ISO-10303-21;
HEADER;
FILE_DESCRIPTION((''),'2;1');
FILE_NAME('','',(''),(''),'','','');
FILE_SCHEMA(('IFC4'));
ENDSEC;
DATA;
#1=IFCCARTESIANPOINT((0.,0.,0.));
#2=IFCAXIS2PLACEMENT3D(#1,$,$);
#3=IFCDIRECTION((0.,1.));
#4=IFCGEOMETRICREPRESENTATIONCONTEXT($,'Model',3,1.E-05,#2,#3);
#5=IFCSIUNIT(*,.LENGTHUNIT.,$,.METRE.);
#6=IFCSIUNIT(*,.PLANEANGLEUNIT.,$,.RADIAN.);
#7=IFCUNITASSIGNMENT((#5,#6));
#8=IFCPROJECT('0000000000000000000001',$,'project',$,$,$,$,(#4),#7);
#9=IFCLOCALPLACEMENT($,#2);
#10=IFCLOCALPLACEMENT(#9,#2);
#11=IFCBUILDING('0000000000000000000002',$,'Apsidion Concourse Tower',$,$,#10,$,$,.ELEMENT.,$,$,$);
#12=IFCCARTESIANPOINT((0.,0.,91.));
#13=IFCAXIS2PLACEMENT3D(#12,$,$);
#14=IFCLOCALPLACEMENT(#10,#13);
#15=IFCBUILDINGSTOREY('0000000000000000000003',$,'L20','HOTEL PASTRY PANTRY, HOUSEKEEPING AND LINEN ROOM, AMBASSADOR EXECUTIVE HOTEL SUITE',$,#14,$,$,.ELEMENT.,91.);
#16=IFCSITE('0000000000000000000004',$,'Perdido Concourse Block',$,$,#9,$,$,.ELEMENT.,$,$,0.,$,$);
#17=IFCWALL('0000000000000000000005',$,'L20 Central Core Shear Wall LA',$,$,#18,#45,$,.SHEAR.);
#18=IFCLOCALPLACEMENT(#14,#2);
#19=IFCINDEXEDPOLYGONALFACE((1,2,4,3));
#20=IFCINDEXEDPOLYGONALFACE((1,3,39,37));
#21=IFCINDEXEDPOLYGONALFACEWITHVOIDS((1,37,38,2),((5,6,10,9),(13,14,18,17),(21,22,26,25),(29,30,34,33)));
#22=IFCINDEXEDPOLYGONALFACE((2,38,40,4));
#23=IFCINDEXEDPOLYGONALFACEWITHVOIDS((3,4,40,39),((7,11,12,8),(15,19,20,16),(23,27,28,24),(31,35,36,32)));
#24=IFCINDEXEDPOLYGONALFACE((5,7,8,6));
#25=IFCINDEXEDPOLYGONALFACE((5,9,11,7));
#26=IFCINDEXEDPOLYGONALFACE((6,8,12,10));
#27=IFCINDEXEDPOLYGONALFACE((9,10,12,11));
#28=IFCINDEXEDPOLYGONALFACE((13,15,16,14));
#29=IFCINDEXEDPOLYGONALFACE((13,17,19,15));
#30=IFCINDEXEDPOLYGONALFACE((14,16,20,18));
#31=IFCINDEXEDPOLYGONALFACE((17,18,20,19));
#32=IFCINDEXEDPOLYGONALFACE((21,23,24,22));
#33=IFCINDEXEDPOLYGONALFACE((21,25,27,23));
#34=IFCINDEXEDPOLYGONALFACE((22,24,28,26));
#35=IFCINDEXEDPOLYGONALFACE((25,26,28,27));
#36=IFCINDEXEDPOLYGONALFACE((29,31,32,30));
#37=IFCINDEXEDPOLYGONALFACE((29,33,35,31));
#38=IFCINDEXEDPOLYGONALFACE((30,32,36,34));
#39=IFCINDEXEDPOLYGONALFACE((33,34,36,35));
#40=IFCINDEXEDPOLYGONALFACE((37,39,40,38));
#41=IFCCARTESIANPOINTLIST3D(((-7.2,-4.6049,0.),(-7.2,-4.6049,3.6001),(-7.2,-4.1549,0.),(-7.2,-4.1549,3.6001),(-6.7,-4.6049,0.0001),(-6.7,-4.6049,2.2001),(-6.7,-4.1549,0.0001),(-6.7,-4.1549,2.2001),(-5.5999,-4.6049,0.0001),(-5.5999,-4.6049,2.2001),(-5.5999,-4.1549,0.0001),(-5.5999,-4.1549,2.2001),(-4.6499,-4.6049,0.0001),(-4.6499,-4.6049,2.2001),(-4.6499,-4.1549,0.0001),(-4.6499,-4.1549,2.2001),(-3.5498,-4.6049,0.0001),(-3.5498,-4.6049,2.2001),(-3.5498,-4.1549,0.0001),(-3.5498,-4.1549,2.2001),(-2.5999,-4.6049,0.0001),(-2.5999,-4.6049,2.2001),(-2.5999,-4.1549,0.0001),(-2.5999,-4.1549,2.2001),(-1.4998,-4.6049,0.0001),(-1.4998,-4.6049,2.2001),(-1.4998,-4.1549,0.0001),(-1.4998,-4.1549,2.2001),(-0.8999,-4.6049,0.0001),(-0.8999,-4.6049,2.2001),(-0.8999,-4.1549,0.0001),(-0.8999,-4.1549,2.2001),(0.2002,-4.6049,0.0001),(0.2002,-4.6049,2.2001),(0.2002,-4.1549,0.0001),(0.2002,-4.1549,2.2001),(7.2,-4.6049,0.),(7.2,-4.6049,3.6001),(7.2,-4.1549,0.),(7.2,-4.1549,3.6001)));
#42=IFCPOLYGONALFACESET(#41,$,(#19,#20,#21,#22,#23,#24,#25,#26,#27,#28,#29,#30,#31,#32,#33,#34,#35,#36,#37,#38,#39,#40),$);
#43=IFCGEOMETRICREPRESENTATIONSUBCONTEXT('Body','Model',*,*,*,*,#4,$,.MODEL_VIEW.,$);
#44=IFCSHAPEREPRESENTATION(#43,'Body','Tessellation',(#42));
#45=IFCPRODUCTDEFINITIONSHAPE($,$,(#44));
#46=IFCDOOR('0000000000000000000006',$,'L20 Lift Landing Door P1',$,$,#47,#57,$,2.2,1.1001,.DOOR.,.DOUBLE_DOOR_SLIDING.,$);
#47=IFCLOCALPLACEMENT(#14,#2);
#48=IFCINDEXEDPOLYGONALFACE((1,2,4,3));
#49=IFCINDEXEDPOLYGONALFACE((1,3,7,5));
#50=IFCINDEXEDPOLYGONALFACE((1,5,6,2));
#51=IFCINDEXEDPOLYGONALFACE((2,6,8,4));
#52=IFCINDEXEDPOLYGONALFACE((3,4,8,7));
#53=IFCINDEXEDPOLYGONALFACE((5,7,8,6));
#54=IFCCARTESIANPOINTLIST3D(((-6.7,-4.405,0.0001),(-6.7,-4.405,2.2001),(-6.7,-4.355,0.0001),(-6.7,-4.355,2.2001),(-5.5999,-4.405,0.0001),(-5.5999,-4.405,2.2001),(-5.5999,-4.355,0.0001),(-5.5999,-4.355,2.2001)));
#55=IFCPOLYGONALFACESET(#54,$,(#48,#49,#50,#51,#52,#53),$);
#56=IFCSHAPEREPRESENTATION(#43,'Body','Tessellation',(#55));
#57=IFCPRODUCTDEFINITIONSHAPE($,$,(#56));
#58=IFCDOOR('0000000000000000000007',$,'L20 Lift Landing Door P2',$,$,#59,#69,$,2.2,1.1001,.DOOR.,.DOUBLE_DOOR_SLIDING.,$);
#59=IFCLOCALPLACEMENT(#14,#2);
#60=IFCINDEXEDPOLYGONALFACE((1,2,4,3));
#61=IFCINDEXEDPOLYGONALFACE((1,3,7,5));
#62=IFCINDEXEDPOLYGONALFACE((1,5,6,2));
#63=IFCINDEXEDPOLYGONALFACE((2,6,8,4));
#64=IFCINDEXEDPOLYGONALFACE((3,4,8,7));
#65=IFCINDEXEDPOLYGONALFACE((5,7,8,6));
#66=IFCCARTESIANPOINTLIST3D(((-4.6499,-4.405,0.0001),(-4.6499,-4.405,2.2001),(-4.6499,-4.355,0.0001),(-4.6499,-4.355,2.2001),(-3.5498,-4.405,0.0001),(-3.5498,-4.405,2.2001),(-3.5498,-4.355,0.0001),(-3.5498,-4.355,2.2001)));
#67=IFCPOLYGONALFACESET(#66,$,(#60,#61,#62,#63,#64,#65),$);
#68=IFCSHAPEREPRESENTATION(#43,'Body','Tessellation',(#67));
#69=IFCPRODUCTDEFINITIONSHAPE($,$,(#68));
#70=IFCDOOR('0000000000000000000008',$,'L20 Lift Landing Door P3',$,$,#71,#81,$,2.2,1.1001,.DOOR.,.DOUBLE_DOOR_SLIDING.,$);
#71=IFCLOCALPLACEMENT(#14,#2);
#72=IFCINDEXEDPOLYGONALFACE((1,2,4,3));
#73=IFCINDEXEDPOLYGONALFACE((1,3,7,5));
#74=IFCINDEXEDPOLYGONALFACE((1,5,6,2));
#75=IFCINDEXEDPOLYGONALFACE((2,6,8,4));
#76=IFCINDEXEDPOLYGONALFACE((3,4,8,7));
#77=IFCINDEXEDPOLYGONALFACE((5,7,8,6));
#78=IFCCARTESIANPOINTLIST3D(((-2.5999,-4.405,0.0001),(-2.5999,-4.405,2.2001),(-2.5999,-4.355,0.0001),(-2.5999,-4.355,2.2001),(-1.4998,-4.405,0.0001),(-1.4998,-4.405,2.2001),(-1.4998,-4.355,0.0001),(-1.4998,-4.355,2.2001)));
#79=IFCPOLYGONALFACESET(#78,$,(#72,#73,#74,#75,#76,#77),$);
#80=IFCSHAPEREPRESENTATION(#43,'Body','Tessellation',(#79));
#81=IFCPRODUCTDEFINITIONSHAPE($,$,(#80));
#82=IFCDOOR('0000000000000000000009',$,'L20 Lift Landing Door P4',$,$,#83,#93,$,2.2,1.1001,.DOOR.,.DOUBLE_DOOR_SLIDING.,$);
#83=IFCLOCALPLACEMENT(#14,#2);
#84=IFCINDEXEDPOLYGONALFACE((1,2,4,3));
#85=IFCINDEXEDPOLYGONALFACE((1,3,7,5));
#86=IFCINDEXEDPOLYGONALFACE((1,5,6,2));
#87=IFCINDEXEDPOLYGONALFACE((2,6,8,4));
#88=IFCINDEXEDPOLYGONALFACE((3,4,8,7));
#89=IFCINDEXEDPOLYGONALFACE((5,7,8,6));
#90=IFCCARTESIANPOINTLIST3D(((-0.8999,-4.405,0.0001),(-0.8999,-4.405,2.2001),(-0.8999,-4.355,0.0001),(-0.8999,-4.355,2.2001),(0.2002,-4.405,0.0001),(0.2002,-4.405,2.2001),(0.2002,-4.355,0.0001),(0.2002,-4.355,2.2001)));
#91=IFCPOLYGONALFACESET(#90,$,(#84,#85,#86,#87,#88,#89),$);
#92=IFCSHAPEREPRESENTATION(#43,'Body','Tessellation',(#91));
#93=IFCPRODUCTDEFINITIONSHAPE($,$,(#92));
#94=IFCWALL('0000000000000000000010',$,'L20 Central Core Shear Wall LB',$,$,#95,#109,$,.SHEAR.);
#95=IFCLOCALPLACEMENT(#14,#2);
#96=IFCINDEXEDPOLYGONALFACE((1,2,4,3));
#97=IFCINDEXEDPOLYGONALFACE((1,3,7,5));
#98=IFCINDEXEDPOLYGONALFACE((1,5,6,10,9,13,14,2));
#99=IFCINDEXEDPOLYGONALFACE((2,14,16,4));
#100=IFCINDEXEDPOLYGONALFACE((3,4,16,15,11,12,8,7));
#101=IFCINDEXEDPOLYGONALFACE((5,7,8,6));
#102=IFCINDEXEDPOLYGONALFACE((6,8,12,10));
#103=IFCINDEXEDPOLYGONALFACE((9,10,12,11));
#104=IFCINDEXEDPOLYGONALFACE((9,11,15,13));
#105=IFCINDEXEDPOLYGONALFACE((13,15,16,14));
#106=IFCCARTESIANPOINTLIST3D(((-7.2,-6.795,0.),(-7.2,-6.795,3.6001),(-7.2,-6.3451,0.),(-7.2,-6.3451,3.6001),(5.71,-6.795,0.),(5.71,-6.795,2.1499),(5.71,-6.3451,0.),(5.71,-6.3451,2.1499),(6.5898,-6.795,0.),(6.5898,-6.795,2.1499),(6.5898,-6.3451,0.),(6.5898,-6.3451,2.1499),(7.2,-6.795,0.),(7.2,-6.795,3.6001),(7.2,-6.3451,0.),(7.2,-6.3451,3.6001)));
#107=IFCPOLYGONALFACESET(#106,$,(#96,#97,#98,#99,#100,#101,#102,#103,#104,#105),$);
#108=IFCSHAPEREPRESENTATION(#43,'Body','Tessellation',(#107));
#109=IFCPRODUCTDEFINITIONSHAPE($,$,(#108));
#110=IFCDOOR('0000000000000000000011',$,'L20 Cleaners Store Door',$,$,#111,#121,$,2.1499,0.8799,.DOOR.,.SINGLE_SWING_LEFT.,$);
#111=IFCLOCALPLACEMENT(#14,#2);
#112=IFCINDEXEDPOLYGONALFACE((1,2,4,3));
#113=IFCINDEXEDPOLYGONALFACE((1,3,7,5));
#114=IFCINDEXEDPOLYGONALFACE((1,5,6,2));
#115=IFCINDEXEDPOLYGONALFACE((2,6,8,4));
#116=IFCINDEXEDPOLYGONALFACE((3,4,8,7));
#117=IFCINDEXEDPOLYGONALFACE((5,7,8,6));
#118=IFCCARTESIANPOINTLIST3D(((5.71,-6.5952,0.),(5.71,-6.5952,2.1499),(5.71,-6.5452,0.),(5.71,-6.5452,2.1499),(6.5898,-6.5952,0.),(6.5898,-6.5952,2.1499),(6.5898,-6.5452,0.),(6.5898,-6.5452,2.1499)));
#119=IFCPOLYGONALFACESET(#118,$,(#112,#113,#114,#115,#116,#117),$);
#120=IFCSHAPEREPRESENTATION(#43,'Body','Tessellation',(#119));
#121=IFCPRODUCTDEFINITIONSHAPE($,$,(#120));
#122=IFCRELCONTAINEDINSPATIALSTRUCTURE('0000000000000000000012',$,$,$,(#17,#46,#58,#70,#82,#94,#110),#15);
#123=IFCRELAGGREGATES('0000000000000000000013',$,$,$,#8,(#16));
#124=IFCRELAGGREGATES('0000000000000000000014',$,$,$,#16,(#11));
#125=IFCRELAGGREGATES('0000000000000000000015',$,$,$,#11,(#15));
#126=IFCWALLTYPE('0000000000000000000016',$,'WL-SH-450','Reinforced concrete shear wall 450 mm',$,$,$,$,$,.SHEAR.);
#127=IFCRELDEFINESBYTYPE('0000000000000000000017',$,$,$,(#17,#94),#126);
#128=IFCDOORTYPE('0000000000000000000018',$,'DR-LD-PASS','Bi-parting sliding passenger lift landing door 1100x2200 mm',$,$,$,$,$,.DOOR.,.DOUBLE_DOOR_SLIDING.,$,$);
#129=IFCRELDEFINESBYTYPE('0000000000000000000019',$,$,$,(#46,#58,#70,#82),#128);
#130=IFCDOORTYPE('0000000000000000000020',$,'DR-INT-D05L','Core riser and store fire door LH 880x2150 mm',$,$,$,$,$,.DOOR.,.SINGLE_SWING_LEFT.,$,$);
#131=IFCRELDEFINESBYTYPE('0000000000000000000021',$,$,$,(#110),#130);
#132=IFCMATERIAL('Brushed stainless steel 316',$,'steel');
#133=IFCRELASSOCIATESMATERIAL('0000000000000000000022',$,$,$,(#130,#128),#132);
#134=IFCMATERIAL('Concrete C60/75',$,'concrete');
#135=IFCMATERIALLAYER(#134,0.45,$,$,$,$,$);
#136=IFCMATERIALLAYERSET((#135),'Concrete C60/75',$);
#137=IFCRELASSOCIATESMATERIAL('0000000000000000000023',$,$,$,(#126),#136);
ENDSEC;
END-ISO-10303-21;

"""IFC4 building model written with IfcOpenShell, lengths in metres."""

from ifc_helpers import new_model, si_unit, direction, frame, frame_2d, origin, place, context, subcontext, project, spatial, rectangle, extrude, material, layer, layer_set, type_object, element, fill, save


model = new_model("IFC4")

# Units and contexts
model_context = context("Model", 3, precision=1e-05, world=origin(), true_north=direction((0.0, 1.0)))
body_context = subcontext(model_context, "Body", "Model", "MODEL_VIEW")
ifc_project = project(units=[si_unit("LENGTHUNIT", "METRE"), si_unit("PLANEANGLEUNIT", "RADIAN")], contexts=[model_context])

# Site, building, storey
site_placement = place(None, origin())
site = spatial("IfcSite", under=ifc_project, at=site_placement, Name="Perdido Concourse Block", CompositionType="ELEMENT", RefElevation=0.0)
building_placement = place(site_placement, origin())
building = spatial("IfcBuilding", under=site, at=building_placement, Name="Apsidion Concourse Tower", CompositionType="ELEMENT")
storey_placement = place(building_placement, frame((0.0, 0.0, 91.0)))
storey = spatial("IfcBuildingStorey", under=building, at=storey_placement, Name="L20", Description="HOTEL PASTRY PANTRY, HOUSEKEEPING AND LINEN ROOM, AMBASSADOR EXECUTIVE HOTEL SUITE", CompositionType="ELEMENT", Elevation=91.0)

# Shared definitions
ifc_material_1 = material(Name="Brushed stainless steel 316", Category="steel")
door_type_1 = type_object("IfcDoorType", Name="DR-INT-D05L", Description="Core riser and store fire door LH 880x2150 mm", OperationType="SINGLE_SWING_LEFT", PredefinedType="DOOR", material=ifc_material_1)

# Shared definitions
ifc_material_2 = material(Name="Concrete C60/75", Category="concrete")
ifc_layer_1 = layer(ifc_material_2, 0.45)
ifc_layer_set_1 = layer_set([ifc_layer_1], Name="Concrete C60/75")
wall_type_1 = type_object("IfcWallType", Name="WL-SH-450", Description="Reinforced concrete shear wall 450 mm", PredefinedType="SHEAR", material=ifc_layer_set_1)

# Wall, openings, doors
wall_1_placement = place(storey_placement, frame((-7.2, -4.3799, 0.0), z_axis=(0.0, 0.0, 1.0), x_axis=(1.0, 0.0, 0.0)))
wall_1 = element("IfcWall", 1, at=wall_1_placement, inside=storey, type_object=wall_type_1, Name="L20 Central Core Shear Wall LA", PredefinedType="SHEAR", context=body_context, shape_type="SweptSolid", body=[
    extrude(rectangle(XDim=14.3999, YDim=0.45, at=frame_2d((7.2, 0.0))), origin(), (0.0, 0.0, 1.0), 3.6001),
])
opening_1_placement = place(wall_1_placement, frame((0.5, 0.0, 0.0)))
opening_1 = element("IfcOpeningElement", 2, at=opening_1_placement, cuts=wall_1, PredefinedType="OPENING", context=body_context, shape_type="SweptSolid", body=[
    extrude(rectangle(XDim=1.1001, YDim=2.2, at=frame_2d((0.55, 1.1001))), frame((0.0, 0.2349, 0.0), z_axis=(0.0, -1.0, 0.0), x_axis=(1.0, 0.0, 0.0)), (0.0, 0.0, 1.0), 0.47),
])
opening_2_placement = place(wall_1_placement, frame((2.55, 0.0, 0.0)))
opening_2 = element("IfcOpeningElement", 3, at=opening_2_placement, cuts=wall_1, PredefinedType="OPENING", context=body_context, shape_type="SweptSolid", body=[
    extrude(rectangle(XDim=1.1001, YDim=2.2, at=frame_2d((0.55, 1.1001))), frame((0.0, 0.2349, 0.0), z_axis=(0.0, -1.0, 0.0), x_axis=(1.0, 0.0, 0.0)), (0.0, 0.0, 1.0), 0.47),
])
opening_3_placement = place(wall_1_placement, frame((4.6001, 0.0, 0.0)))
opening_3 = element("IfcOpeningElement", 4, at=opening_3_placement, cuts=wall_1, PredefinedType="OPENING", context=body_context, shape_type="SweptSolid", body=[
    extrude(rectangle(XDim=1.1001, YDim=2.2, at=frame_2d((0.55, 1.1001))), frame((0.0, 0.2349, 0.0), z_axis=(0.0, -1.0, 0.0), x_axis=(1.0, 0.0, 0.0)), (0.0, 0.0, 1.0), 0.47),
])
opening_4_placement = place(wall_1_placement, frame((6.3, 0.0, 0.0)))
opening_4 = element("IfcOpeningElement", 5, at=opening_4_placement, cuts=wall_1, PredefinedType="OPENING", context=body_context, shape_type="SweptSolid", body=[
    extrude(rectangle(XDim=1.1001, YDim=2.2, at=frame_2d((0.55, 1.1001))), frame((0.0, 0.2349, 0.0), z_axis=(0.0, -1.0, 0.0), x_axis=(1.0, 0.0, 0.0)), (0.0, 0.0, 1.0), 0.47),
])
door_type_2 = type_object("IfcDoorType", Name="DR-LD-PASS", Description="Bi-parting sliding passenger lift landing door 1100x2200 mm", OperationType="DOUBLE_DOOR_SLIDING", PredefinedType="DOOR", material=ifc_material_1)
door_1_placement = place(opening_1_placement, origin())
door_1 = element("IfcDoor", 6, at=door_1_placement, inside=storey, type_object=door_type_2, Name="L20 Lift Landing Door P1", OperationType="DOUBLE_DOOR_SLIDING", OverallHeight=2.2, OverallWidth=1.1001, PredefinedType="DOOR", context=body_context, shape_type="SweptSolid", body=[
    extrude(rectangle(XDim=1.1001, YDim=2.2, at=frame_2d((0.55, 1.1001))), frame((0.0, 0.0249, 0.0), z_axis=(0.0, -1.0, 0.0), x_axis=(1.0, 0.0, 0.0)), (0.0, 0.0, 1.0), 0.05),
])
fill(opening_1, door_1)
door_2_placement = place(opening_2_placement, origin())
door_2 = element("IfcDoor", 7, at=door_2_placement, inside=storey, type_object=door_type_2, Name="L20 Lift Landing Door P2", OperationType="DOUBLE_DOOR_SLIDING", OverallHeight=2.2, OverallWidth=1.1001, PredefinedType="DOOR", context=body_context, shape_type="SweptSolid", body=[
    extrude(rectangle(XDim=1.1001, YDim=2.2, at=frame_2d((0.55, 1.1001))), frame((0.0, 0.0249, 0.0), z_axis=(0.0, -1.0, 0.0), x_axis=(1.0, 0.0, 0.0)), (0.0, 0.0, 1.0), 0.05),
])
fill(opening_2, door_2)
door_3_placement = place(opening_3_placement, origin())
door_3 = element("IfcDoor", 8, at=door_3_placement, inside=storey, type_object=door_type_2, Name="L20 Lift Landing Door P3", OperationType="DOUBLE_DOOR_SLIDING", OverallHeight=2.2, OverallWidth=1.1001, PredefinedType="DOOR", context=body_context, shape_type="SweptSolid", body=[
    extrude(rectangle(XDim=1.1001, YDim=2.2, at=frame_2d((0.55, 1.1001))), frame((0.0, 0.0249, 0.0), z_axis=(0.0, -1.0, 0.0), x_axis=(1.0, 0.0, 0.0)), (0.0, 0.0, 1.0), 0.05),
])
fill(opening_3, door_3)
door_4_placement = place(opening_4_placement, origin())
door_4 = element("IfcDoor", 9, at=door_4_placement, inside=storey, type_object=door_type_2, Name="L20 Lift Landing Door P4", OperationType="DOUBLE_DOOR_SLIDING", OverallHeight=2.2, OverallWidth=1.1001, PredefinedType="DOOR", context=body_context, shape_type="SweptSolid", body=[
    extrude(rectangle(XDim=1.1001, YDim=2.2, at=frame_2d((0.55, 1.1001))), frame((0.0, 0.0249, 0.0), z_axis=(0.0, -1.0, 0.0), x_axis=(1.0, 0.0, 0.0)), (0.0, 0.0, 1.0), 0.05),
])
fill(opening_4, door_4)

# Wall, opening, door
wall_2_placement = place(storey_placement, frame((-7.2, -6.5701, 0.0), z_axis=(0.0, 0.0, 1.0), x_axis=(1.0, 0.0, 0.0)))
wall_2 = element("IfcWall", 10, at=wall_2_placement, inside=storey, type_object=wall_type_1, Name="L20 Central Core Shear Wall LB", PredefinedType="SHEAR", context=body_context, shape_type="SweptSolid", body=[
    extrude(rectangle(XDim=14.3999, YDim=0.45, at=frame_2d((7.2, 0.0))), origin(), (0.0, 0.0, 1.0), 3.6001),
])
opening_5_placement = place(wall_2_placement, frame((12.9099, 0.0, 0.0)))
opening_5 = element("IfcOpeningElement", 11, at=opening_5_placement, cuts=wall_2, PredefinedType="OPENING", context=body_context, shape_type="SweptSolid", body=[
    extrude(rectangle(XDim=0.8799, YDim=2.1499, at=frame_2d((0.4399, 1.075))), frame((0.0, 0.2349, 0.0), z_axis=(0.0, -1.0, 0.0), x_axis=(1.0, 0.0, 0.0)), (0.0, 0.0, 1.0), 0.47),
])
door_5_placement = place(opening_5_placement, origin())
door_5 = element("IfcDoor", 12, at=door_5_placement, inside=storey, type_object=door_type_1, Name="L20 Cleaners Store Door", OperationType="SINGLE_SWING_LEFT", OverallHeight=2.1499, OverallWidth=0.8799, PredefinedType="DOOR", context=body_context, shape_type="SweptSolid", body=[
    extrude(rectangle(XDim=0.8799, YDim=2.1499, at=frame_2d((0.4399, 1.075))), frame((0.0, 0.0249, 0.0), z_axis=(0.0, -1.0, 0.0), x_axis=(1.0, 0.0, 0.0)), (0.0, 0.0, 1.0), 0.05),
])
fill(opening_5, door_5)

save(model, "model.ifc")
